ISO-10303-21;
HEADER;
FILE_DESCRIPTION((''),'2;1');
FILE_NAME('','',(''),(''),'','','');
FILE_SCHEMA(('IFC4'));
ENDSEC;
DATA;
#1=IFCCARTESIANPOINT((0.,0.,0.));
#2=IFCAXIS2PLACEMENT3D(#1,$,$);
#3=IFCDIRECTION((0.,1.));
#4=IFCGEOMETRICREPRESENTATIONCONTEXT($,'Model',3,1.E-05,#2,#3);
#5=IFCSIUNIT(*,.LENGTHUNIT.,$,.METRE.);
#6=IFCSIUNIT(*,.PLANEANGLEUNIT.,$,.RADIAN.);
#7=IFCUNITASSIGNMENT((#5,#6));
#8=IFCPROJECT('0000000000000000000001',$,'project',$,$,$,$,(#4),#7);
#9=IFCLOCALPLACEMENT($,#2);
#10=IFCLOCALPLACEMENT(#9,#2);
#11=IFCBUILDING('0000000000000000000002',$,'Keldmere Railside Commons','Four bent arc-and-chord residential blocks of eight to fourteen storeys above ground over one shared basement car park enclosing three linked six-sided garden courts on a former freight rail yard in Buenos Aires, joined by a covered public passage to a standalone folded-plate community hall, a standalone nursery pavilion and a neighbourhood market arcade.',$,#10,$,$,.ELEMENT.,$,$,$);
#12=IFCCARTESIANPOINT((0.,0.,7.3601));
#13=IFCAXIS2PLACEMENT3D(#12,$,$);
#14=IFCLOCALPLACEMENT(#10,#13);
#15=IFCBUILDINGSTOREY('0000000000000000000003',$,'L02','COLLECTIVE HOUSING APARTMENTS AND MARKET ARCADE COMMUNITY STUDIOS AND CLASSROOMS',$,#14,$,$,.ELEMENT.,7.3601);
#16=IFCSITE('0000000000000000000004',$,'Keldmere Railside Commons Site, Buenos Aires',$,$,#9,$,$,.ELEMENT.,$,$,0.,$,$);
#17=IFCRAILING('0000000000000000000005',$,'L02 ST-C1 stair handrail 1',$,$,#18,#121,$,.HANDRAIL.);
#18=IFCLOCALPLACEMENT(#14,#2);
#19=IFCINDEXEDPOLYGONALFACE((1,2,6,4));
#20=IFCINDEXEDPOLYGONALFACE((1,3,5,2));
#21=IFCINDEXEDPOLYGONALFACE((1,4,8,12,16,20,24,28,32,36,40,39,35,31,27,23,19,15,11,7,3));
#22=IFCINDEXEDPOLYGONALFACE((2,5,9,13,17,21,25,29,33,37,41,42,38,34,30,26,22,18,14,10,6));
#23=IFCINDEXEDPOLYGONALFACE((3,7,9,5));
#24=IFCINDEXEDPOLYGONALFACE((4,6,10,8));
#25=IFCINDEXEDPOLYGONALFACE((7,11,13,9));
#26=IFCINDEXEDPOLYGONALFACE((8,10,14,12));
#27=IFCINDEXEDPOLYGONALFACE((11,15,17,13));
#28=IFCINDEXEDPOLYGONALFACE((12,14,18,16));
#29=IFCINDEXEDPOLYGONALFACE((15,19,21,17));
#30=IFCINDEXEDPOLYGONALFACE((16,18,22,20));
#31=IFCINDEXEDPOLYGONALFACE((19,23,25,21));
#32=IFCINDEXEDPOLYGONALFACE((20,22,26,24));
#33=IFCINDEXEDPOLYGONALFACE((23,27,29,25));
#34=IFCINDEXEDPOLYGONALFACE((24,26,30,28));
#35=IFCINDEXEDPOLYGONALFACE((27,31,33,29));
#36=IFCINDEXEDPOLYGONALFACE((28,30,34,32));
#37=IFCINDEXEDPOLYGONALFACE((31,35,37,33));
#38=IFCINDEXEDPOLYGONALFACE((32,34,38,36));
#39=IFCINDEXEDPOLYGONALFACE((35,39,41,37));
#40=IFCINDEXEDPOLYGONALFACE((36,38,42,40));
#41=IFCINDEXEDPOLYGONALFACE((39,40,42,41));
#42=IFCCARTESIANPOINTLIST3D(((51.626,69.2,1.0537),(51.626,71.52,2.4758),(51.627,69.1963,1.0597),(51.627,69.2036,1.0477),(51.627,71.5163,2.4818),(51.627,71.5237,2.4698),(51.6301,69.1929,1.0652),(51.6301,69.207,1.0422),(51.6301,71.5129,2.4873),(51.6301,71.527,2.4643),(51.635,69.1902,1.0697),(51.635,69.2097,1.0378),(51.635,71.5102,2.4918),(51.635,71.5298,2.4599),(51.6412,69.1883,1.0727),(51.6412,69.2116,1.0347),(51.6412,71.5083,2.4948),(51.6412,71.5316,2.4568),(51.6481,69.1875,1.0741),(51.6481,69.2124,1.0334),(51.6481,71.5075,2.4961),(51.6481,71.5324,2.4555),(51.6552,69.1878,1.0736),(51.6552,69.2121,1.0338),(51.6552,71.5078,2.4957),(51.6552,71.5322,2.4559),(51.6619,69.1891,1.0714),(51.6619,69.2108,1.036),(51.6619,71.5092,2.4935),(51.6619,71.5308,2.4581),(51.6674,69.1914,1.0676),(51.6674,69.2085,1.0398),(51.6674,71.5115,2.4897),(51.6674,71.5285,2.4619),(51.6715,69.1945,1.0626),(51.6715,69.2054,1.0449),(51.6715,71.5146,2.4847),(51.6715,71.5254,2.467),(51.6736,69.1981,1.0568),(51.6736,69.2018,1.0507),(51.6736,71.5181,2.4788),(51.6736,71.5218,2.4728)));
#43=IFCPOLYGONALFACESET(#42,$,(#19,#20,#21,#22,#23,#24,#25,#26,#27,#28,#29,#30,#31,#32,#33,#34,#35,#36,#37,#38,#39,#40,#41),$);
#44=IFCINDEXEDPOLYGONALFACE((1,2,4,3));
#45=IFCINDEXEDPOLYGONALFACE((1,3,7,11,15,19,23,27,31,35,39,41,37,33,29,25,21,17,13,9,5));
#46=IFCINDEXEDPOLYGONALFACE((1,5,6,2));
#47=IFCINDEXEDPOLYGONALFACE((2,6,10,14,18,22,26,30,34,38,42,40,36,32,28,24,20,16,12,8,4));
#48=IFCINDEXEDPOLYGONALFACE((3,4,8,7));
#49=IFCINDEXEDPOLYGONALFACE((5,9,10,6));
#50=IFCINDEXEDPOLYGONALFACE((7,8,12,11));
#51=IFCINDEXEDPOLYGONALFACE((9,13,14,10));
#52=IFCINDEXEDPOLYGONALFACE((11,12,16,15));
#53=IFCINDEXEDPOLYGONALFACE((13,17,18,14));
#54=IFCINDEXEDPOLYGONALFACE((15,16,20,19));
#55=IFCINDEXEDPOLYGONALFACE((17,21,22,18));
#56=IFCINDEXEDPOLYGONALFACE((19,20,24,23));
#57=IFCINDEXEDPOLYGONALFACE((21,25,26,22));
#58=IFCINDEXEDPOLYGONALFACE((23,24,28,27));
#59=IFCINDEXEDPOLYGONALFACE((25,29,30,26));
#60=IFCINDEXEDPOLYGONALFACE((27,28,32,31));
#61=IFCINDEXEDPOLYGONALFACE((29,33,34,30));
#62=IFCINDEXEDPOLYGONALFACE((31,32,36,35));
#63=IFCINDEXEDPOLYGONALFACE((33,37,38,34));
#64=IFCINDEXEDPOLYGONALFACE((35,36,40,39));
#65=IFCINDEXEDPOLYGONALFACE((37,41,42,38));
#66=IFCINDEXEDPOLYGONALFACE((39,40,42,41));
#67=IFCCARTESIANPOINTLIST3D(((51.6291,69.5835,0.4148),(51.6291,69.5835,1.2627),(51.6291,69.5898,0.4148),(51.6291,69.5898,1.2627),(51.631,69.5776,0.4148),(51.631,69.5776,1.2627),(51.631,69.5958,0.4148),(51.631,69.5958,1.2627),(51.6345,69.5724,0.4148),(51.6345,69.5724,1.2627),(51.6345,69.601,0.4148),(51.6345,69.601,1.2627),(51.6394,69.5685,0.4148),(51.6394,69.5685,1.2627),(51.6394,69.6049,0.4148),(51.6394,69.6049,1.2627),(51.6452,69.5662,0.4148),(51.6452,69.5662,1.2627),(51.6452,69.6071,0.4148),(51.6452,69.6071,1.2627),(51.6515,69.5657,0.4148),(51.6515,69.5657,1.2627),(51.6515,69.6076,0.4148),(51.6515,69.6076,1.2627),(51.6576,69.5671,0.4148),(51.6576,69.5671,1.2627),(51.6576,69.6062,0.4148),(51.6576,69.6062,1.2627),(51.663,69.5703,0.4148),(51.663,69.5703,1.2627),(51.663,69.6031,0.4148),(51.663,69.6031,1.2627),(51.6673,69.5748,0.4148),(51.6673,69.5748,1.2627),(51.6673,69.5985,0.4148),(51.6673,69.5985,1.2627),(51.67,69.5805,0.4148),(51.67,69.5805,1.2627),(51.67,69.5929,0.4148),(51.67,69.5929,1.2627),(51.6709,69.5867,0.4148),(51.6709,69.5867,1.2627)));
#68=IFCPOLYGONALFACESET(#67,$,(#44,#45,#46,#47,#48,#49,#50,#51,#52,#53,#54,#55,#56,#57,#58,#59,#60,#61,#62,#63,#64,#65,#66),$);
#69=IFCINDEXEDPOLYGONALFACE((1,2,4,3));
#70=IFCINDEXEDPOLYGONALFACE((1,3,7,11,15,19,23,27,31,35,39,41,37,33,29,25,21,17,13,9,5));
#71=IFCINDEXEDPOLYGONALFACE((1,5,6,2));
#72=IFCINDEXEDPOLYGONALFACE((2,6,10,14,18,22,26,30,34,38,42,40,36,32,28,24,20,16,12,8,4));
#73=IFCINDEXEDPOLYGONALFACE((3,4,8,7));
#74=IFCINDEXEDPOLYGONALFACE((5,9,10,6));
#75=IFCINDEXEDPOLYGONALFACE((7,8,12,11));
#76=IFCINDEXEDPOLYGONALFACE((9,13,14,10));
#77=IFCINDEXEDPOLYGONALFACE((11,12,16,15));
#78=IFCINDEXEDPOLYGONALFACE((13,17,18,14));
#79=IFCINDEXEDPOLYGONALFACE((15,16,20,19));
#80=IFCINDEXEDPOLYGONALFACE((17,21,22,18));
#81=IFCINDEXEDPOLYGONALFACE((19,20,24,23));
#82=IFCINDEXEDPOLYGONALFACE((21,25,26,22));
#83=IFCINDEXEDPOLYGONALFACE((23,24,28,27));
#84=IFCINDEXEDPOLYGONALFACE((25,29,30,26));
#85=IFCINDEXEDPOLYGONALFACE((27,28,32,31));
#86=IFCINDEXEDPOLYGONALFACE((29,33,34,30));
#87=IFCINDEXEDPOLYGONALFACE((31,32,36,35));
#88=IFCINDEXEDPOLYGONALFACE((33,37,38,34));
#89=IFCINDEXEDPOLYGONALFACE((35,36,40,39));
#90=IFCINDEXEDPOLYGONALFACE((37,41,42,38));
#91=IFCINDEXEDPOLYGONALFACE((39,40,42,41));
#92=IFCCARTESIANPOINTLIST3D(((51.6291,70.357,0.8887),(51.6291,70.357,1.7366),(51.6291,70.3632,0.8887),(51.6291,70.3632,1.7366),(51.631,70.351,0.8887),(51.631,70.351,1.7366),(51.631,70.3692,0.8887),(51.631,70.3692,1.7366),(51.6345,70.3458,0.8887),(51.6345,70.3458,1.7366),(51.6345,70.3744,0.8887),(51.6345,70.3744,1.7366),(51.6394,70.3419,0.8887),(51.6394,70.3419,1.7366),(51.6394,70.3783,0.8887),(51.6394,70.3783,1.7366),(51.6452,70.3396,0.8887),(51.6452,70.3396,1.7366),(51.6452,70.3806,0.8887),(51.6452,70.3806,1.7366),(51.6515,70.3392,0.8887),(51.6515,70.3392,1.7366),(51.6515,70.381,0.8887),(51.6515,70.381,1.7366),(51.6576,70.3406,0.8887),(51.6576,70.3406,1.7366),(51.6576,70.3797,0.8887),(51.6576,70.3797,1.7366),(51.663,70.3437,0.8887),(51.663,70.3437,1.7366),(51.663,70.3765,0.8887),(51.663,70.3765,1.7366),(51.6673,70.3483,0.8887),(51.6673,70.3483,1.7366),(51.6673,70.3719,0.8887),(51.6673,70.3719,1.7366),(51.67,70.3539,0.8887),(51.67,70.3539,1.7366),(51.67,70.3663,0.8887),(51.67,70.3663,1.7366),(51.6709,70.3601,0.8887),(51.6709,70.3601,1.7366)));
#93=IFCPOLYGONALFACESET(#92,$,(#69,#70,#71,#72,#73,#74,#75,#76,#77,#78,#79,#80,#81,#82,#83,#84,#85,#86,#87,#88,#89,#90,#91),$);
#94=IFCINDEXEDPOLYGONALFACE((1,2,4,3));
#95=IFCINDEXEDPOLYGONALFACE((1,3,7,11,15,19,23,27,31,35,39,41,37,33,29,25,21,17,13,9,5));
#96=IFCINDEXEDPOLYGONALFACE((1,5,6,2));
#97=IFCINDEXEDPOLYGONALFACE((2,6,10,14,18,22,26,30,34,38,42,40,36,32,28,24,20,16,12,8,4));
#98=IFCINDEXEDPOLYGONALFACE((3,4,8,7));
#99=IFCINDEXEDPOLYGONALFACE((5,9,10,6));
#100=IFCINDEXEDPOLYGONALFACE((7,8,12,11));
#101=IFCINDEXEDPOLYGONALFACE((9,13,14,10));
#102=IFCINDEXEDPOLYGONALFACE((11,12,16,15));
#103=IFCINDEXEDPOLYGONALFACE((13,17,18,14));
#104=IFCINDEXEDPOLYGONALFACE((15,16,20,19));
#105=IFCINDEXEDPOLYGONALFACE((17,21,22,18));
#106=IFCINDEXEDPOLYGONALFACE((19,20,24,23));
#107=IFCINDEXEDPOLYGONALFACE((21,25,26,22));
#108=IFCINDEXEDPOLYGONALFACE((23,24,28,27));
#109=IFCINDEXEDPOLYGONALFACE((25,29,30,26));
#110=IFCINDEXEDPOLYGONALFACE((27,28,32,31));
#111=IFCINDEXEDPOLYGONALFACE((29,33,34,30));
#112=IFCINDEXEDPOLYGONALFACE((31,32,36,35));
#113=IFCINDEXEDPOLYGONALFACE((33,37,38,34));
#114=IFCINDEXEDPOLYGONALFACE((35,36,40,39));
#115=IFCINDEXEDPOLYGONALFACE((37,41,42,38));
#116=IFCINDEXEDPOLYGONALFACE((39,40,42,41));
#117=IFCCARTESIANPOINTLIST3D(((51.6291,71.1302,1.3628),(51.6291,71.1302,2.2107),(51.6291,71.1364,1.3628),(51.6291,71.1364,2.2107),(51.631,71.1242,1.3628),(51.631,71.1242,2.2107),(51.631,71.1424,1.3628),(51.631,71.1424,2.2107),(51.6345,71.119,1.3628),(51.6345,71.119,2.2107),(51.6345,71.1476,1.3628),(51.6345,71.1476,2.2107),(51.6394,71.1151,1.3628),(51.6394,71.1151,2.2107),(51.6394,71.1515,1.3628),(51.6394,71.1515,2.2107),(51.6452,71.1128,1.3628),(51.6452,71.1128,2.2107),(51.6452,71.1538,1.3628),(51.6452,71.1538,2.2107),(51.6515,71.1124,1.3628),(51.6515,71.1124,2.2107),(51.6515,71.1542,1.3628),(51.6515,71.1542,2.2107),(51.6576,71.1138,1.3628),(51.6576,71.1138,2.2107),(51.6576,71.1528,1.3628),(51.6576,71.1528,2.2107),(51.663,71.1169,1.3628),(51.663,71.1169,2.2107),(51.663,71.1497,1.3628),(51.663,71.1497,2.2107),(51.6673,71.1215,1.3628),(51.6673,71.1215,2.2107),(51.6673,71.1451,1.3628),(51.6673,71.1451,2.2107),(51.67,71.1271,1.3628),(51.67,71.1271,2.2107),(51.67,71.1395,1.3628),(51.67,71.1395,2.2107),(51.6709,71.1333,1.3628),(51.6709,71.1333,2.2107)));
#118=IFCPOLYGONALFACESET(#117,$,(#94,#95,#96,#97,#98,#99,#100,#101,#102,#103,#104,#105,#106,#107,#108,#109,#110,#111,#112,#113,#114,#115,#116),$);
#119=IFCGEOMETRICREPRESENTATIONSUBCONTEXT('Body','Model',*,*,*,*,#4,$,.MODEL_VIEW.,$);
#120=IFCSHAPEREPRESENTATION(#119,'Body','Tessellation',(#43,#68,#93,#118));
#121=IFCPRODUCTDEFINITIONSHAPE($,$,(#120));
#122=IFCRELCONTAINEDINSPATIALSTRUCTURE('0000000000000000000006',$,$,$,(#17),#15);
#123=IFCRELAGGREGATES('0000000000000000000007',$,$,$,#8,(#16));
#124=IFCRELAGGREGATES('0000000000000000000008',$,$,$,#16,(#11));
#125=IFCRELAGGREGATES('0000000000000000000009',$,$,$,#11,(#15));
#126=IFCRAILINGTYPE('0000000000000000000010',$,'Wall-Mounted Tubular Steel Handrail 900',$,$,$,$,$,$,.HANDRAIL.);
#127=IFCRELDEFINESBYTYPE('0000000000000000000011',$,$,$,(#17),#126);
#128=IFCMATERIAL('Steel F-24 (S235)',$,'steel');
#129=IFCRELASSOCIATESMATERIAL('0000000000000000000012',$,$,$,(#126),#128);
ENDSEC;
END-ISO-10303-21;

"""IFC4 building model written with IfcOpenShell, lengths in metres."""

from ifc_helpers import new_model, si_unit, direction, frame, origin, origin_2d, place, context, subcontext, project, spatial, circle, extrude, material, type_object, element, save


model = new_model("IFC4")

# Units and contexts
model_context = context("Model", 3, precision=1e-05, world=origin(), true_north=direction((0.0, 1.0)))
body_context = subcontext(model_context, "Body", "Model", "MODEL_VIEW")
ifc_project = project(units=[si_unit("LENGTHUNIT", "METRE"), si_unit("PLANEANGLEUNIT", "RADIAN")], contexts=[model_context])

# Site, building, storey
site_placement = place(None, origin())
site = spatial("IfcSite", under=ifc_project, at=site_placement, Name="Keldmere Railside Commons Site, Buenos Aires", CompositionType="ELEMENT", RefElevation=0.0)
building_placement = place(site_placement, origin())
building = spatial("IfcBuilding", under=site, at=building_placement, Name="Keldmere Railside Commons", Description="Four bent arc-and-chord residential blocks of eight to fourteen storeys above ground over one shared basement car park enclosing three linked six-sided garden courts on a former freight rail yard in Buenos Aires, joined by a covered public passage to a standalone folded-plate community hall, a standalone nursery pavilion and a neighbourhood market arcade.", CompositionType="ELEMENT")
storey_placement = place(building_placement, frame((0.0, 0.0, 7.3601)))
storey = spatial("IfcBuildingStorey", under=building, at=storey_placement, Name="L02", Description="COLLECTIVE HOUSING APARTMENTS AND MARKET ARCADE COMMUNITY STUDIOS AND CLASSROOMS", CompositionType="ELEMENT", Elevation=7.3601)

# Shared definitions
ifc_material_1 = material(Name="Steel F-24 (S235)", Category="steel")

# Railing
railing_type_1 = type_object("IfcRailingType", Name="Wall-Mounted Tubular Steel Handrail 900", PredefinedType="HANDRAIL", material=ifc_material_1)
railing_1_placement = place(storey_placement, frame((51.6499, 69.2, 0.1777)))
element("IfcRailing", 1, at=railing_1_placement, inside=storey, type_object=railing_type_1, Name="L02 ST-C1 stair handrail 1", PredefinedType="HANDRAIL", context=body_context, shape_type="SweptSolid", body=[
    extrude(circle(Radius=0.0239, at=origin_2d()), frame((0.0, 0.0, 0.876), z_axis=(0.0, 0.852578, 0.5226), x_axis=(-1.0, 0.0, 0.0)), (0.0, 0.0, 1.0), 2.7212),
    extrude(circle(Radius=0.021, at=origin_2d()), frame((0.0, 0.3867, 0.2371)), (0.0, 0.0, 1.0), 0.8479),
    extrude(circle(Radius=0.021, at=origin_2d()), frame((0.0, 1.1602, 0.7109)), (0.0, 0.0, 1.0), 0.8479),
    extrude(circle(Radius=0.021, at=origin_2d()), frame((0.0, 1.9333, 1.1851)), (0.0, 0.0, 1.0), 0.8479),
])

save(model, "model.ifc")
